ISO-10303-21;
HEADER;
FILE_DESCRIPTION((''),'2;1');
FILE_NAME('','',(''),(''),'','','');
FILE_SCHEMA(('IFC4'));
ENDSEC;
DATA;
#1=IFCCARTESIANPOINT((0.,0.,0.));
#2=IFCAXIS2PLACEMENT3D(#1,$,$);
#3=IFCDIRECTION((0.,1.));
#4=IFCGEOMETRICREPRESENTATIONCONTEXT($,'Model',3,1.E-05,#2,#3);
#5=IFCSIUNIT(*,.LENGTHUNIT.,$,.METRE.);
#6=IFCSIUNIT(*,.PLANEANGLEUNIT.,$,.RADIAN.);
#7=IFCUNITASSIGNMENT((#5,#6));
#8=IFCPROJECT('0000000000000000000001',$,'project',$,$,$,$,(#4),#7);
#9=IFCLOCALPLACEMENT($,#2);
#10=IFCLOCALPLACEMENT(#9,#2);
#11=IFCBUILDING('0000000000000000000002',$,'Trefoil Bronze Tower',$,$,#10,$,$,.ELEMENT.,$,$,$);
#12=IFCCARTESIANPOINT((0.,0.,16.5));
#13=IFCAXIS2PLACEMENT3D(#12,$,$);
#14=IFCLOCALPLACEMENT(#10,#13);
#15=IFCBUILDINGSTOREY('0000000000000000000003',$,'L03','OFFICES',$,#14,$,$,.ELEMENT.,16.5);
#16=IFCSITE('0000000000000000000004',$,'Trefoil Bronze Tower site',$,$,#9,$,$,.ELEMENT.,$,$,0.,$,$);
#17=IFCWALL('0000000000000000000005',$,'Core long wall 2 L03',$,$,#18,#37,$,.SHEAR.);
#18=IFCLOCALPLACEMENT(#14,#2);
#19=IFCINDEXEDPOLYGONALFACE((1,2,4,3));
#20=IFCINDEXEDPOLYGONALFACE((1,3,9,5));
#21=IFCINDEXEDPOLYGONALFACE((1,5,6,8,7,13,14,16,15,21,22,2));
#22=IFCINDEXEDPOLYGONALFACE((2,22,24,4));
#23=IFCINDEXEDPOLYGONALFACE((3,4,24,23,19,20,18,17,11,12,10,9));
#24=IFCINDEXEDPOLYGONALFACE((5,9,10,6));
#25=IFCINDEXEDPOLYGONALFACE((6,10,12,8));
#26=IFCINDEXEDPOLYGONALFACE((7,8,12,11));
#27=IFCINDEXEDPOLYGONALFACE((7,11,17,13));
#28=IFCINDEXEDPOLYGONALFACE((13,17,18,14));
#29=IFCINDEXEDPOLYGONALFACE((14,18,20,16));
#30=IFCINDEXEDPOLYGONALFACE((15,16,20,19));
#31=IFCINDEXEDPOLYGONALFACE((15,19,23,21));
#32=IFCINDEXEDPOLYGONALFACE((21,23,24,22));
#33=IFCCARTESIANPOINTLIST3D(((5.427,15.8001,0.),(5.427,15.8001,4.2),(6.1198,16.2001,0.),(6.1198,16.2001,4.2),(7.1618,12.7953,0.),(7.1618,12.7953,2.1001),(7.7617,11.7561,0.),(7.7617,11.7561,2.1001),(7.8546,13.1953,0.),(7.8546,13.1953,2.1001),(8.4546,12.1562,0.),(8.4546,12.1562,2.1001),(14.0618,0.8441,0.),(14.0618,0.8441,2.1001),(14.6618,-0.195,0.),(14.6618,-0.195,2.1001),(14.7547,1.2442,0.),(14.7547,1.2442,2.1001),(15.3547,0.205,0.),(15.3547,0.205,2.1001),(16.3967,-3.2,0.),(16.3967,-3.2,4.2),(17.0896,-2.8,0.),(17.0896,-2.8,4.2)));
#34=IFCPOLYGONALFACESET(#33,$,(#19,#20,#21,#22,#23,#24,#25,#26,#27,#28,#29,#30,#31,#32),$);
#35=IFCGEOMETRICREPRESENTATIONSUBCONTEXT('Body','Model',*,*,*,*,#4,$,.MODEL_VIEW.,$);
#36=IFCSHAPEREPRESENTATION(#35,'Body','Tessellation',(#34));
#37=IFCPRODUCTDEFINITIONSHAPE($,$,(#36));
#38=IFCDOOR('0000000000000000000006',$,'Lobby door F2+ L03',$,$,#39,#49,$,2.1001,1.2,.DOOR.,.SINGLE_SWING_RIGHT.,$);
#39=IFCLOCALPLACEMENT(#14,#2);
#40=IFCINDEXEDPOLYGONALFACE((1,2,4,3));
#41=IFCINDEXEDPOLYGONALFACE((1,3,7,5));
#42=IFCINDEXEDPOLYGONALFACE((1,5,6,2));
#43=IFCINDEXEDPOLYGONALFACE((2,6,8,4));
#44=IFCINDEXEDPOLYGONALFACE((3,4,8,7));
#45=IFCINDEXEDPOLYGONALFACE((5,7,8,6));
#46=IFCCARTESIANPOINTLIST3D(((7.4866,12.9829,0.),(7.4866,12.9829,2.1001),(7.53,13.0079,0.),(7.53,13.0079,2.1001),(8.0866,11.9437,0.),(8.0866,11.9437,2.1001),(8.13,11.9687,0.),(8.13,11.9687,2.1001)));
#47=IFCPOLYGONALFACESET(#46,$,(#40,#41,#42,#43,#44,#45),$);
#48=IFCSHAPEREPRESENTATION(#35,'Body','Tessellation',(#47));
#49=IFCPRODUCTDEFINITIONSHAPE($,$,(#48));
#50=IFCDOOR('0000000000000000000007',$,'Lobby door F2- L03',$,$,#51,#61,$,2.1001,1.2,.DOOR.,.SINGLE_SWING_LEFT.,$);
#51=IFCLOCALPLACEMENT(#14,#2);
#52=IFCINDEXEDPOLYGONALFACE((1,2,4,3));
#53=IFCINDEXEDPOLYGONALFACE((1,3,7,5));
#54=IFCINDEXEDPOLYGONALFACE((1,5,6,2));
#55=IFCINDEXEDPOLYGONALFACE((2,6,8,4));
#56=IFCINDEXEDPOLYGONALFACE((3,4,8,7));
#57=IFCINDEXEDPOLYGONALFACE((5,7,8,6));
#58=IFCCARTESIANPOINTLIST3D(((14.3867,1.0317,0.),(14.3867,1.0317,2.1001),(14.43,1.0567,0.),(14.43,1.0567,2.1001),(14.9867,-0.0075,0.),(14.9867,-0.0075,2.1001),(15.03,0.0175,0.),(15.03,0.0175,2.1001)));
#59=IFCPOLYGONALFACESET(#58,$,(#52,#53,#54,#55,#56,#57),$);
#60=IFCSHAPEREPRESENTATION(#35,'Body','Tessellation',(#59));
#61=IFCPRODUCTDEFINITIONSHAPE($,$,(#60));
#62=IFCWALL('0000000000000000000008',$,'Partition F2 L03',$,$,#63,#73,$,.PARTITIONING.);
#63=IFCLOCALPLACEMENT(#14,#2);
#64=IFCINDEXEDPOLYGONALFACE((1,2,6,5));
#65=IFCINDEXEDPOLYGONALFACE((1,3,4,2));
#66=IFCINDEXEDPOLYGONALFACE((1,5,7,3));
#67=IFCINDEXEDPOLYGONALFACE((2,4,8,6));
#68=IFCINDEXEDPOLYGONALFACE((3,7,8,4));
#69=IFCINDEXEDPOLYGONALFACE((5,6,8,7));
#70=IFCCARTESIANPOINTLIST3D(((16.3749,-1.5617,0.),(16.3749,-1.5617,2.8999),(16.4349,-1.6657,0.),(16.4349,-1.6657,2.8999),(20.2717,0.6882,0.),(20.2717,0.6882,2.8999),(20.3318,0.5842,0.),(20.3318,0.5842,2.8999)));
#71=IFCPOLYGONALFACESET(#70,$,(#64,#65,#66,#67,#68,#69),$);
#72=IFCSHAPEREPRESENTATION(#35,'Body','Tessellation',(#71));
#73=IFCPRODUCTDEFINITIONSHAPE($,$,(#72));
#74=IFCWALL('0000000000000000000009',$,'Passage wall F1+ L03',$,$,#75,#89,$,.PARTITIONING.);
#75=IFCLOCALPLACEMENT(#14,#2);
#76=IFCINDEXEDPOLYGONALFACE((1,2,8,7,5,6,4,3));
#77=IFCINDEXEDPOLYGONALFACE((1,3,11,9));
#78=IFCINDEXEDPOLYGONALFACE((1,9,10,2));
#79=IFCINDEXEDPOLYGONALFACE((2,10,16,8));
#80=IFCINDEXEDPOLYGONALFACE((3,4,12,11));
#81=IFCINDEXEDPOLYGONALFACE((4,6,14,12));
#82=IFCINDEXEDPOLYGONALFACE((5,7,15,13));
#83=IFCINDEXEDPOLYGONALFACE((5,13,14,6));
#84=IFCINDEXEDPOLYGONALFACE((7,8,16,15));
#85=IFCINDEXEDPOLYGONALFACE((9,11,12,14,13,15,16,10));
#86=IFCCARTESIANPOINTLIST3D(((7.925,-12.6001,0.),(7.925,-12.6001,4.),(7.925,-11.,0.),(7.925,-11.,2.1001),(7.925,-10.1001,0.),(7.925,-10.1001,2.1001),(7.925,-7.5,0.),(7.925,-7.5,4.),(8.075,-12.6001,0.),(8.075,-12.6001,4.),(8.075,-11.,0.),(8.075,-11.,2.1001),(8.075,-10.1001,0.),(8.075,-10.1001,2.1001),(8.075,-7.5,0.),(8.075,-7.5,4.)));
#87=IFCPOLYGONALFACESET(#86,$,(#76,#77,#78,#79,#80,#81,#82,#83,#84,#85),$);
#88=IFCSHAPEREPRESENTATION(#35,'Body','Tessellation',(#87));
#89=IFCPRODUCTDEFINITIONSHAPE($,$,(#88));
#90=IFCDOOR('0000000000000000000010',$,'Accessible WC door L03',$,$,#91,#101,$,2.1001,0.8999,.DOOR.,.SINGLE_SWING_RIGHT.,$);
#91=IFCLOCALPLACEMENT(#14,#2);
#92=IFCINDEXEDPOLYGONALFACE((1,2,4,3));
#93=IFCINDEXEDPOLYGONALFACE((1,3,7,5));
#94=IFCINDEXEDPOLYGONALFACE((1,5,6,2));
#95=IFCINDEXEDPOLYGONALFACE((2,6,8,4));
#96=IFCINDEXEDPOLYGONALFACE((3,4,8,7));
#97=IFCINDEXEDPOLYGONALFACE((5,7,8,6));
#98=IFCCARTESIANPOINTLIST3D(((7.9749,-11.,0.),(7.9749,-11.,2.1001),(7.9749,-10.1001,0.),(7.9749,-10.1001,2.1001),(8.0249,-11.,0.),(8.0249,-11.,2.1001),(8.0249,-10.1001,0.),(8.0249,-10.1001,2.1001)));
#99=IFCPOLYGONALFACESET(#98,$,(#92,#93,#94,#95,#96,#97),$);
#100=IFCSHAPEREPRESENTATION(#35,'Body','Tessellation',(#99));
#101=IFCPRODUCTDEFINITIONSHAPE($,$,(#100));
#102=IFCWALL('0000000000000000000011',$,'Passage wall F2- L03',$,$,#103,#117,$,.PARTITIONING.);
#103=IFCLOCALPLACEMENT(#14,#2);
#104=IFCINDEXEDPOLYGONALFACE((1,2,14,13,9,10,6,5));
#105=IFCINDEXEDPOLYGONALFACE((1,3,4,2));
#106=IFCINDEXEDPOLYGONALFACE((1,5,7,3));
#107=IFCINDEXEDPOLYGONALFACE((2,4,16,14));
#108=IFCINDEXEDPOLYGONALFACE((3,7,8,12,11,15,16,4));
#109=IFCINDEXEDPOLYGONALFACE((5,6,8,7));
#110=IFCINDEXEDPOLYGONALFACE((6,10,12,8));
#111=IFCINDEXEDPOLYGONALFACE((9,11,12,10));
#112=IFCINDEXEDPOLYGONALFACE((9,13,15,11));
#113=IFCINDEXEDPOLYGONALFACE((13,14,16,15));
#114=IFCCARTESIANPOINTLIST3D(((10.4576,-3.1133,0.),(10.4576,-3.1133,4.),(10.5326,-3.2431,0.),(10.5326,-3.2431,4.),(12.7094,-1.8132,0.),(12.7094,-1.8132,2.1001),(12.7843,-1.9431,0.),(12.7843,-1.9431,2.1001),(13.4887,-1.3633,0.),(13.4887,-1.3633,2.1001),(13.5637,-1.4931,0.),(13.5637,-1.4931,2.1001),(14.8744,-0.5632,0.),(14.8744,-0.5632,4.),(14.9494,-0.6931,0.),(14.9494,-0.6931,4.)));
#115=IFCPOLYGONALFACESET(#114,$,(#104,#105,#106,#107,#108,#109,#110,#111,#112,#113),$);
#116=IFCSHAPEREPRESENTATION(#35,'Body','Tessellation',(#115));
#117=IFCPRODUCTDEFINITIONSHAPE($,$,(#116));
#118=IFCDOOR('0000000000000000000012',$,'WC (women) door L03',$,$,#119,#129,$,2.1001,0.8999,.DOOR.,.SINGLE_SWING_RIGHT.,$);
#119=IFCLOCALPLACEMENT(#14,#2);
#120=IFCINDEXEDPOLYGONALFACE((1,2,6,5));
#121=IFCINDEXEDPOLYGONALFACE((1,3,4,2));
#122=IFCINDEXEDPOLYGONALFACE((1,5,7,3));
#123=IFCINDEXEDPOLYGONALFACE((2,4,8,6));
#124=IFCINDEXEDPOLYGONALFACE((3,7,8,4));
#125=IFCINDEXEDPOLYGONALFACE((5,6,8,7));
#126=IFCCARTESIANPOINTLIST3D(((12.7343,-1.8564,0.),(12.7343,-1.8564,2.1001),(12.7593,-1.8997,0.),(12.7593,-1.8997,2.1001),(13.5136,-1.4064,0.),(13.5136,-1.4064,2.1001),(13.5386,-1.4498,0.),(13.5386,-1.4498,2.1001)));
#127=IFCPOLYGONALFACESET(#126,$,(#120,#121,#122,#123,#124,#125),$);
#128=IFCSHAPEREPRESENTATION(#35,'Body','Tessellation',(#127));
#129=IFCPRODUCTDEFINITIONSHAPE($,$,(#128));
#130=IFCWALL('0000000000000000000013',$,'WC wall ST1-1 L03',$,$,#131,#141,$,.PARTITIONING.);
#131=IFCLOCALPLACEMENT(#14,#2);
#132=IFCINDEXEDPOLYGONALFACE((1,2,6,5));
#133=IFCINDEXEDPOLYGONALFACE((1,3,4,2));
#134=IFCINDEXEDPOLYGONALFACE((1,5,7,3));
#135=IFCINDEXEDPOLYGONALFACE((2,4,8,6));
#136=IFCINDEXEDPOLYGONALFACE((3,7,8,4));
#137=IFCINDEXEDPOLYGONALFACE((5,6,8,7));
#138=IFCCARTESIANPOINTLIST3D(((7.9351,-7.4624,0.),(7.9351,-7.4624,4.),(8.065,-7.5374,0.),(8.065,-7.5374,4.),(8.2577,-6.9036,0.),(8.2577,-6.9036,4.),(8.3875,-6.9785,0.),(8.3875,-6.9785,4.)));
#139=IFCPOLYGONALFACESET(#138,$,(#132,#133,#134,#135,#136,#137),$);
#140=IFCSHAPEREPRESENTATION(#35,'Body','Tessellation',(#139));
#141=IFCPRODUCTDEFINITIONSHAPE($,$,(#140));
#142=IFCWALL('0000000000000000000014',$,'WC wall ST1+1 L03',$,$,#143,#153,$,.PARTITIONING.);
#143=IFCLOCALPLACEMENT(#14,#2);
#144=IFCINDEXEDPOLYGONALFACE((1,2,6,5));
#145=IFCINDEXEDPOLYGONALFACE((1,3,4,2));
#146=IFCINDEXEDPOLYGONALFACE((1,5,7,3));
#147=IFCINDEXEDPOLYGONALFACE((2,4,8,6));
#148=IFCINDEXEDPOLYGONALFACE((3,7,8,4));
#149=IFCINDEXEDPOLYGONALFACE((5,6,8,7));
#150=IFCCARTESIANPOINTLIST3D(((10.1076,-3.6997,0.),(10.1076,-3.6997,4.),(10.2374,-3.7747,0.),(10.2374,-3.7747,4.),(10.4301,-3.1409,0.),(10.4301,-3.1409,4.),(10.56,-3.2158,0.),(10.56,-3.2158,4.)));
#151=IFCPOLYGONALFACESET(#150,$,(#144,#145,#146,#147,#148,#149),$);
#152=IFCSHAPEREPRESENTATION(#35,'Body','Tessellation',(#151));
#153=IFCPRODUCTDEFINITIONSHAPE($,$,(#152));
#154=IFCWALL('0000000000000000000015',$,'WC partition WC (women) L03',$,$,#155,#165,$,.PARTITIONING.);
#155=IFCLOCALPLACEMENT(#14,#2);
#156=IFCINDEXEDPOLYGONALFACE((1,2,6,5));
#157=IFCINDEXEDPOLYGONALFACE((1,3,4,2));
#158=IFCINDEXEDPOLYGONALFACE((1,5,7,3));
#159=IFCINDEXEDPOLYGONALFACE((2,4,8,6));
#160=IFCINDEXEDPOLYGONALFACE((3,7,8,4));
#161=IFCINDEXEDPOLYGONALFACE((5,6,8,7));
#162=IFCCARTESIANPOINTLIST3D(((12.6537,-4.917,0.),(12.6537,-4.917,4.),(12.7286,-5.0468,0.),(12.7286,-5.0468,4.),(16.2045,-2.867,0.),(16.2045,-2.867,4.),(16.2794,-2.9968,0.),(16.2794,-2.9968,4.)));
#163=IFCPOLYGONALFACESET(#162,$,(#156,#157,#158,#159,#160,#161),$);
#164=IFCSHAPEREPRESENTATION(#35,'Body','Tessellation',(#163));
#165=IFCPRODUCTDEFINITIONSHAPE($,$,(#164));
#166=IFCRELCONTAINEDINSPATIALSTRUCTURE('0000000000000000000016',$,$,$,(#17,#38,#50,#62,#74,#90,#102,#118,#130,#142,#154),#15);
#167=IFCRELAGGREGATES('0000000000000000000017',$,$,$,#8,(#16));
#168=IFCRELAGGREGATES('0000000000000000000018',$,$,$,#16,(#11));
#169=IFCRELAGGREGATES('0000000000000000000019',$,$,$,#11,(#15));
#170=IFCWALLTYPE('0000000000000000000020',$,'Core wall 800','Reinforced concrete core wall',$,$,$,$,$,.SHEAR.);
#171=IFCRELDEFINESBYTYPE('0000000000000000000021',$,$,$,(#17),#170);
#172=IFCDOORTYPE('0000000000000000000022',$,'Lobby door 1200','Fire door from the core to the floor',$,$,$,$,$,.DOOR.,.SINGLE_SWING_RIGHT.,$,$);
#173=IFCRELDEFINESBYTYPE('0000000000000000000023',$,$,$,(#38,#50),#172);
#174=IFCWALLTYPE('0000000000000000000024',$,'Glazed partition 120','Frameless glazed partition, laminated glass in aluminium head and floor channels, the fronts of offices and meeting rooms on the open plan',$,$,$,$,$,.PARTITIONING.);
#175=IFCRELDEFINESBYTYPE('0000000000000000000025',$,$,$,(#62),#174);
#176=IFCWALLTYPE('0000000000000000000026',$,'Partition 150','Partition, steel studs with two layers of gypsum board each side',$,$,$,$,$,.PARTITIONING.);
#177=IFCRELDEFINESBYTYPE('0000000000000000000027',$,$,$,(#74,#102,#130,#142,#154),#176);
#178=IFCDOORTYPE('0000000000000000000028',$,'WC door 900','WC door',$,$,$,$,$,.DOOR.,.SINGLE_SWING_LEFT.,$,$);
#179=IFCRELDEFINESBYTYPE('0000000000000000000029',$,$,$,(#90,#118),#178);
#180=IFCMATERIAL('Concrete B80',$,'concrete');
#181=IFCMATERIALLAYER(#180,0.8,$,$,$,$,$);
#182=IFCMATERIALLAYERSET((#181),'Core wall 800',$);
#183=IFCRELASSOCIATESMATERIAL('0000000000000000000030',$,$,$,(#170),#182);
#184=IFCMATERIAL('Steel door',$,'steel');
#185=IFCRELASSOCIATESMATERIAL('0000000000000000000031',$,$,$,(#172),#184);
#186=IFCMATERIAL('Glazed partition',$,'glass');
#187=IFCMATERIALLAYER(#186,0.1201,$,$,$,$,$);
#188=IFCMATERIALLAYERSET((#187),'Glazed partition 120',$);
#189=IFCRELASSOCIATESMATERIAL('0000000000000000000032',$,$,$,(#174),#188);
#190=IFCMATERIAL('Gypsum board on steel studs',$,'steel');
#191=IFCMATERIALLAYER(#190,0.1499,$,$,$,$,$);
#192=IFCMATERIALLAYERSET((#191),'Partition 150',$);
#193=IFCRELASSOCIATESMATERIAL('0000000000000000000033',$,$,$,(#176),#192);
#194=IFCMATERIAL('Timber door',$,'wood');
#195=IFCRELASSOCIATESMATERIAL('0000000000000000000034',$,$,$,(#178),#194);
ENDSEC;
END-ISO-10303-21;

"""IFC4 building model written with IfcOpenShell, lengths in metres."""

from ifc_helpers import new_model, si_unit, direction, frame, frame_2d, origin, place, context, subcontext, project, spatial, rectangle, extrude, material, layer, layer_set, type_object, element, fill, save


model = new_model("IFC4")

# Units and contexts
model_context = context("Model", 3, precision=1e-05, world=origin(), true_north=direction((0.0, 1.0)))
body_context = subcontext(model_context, "Body", "Model", "MODEL_VIEW")
ifc_project = project(units=[si_unit("LENGTHUNIT", "METRE"), si_unit("PLANEANGLEUNIT", "RADIAN")], contexts=[model_context])

# Site, building, storey
site_placement = place(None, origin())
site = spatial("IfcSite", under=ifc_project, at=site_placement, Name="Trefoil Bronze Tower site", CompositionType="ELEMENT", RefElevation=0.0)
building_placement = place(site_placement, origin())
building = spatial("IfcBuilding", under=site, at=building_placement, Name="Trefoil Bronze Tower", CompositionType="ELEMENT")
storey_placement = place(building_placement, frame((0.0, 0.0, 16.5)))
storey = spatial("IfcBuildingStorey", under=building, at=storey_placement, Name="L03", Description="OFFICES", CompositionType="ELEMENT", Elevation=16.5)

# Wall, openings, doors
ifc_material_1 = material(Name="Concrete B80", Category="concrete")
ifc_layer_1 = layer(ifc_material_1, 0.8)
ifc_layer_set_1 = layer_set([ifc_layer_1], Name="Core wall 800")
wall_type_1 = type_object("IfcWallType", Name="Core wall 800", Description="Reinforced concrete core wall", PredefinedType="SHEAR", material=ifc_layer_set_1)
wall_1_placement = place(storey_placement, frame((16.7432, -3.0, 0.0), z_axis=(0.0, 0.0, 1.0), x_axis=(-0.500002, 0.866024, 0.0)))
wall_1 = element("IfcWall", 1, at=wall_1_placement, inside=storey, type_object=wall_type_1, Name="Core long wall 2 L03", PredefinedType="SHEAR", context=body_context, shape_type="SweptSolid", body=[
    extrude(rectangle(XDim=21.9395, YDim=0.8, at=frame_2d((10.9697, 0.0))), origin(), (0.0, 0.0, 1.0), 4.2),
])
opening_1_placement = place(wall_1_placement, frame((17.2698, 0.0, 0.0)))
opening_1 = element("IfcOpeningElement", 2, at=opening_1_placement, cuts=wall_1, PredefinedType="OPENING", context=body_context, shape_type="SweptSolid", body=[
    extrude(rectangle(XDim=1.2, YDim=2.1001, at=frame_2d((0.6001, 1.05))), frame((0.0, 0.4099, 0.0), z_axis=(0.0, -1.0, 0.0), x_axis=(1.0, 0.0, 0.0)), (0.0, 0.0, 1.0), 0.8201),
])
opening_2_placement = place(wall_1_placement, frame((3.4697, 0.0, 0.0)))
opening_2 = element("IfcOpeningElement", 3, at=opening_2_placement, cuts=wall_1, PredefinedType="OPENING", context=body_context, shape_type="SweptSolid", body=[
    extrude(rectangle(XDim=1.2, YDim=2.1001, at=frame_2d((0.6001, 1.05))), frame((0.0, 0.4099, 0.0), z_axis=(0.0, -1.0, 0.0), x_axis=(1.0, 0.0, 0.0)), (0.0, 0.0, 1.0), 0.8201),
])
ifc_material_2 = material(Name="Steel door", Category="steel")
door_type_1 = type_object("IfcDoorType", Name="Lobby door 1200", Description="Fire door from the core to the floor", OperationType="SINGLE_SWING_RIGHT", PredefinedType="DOOR", material=ifc_material_2)
door_1_placement = place(opening_1_placement, origin())
door_1 = element("IfcDoor", 4, at=door_1_placement, inside=storey, type_object=door_type_1, Name="Lobby door F2+ L03", OperationType="SINGLE_SWING_RIGHT", OverallHeight=2.1001, OverallWidth=1.2, PredefinedType="DOOR", context=body_context, shape_type="SweptSolid", body=[
    extrude(rectangle(XDim=1.2, YDim=2.1001, at=frame_2d((0.6001, 1.05))), frame((0.0, 0.0249, 0.0), z_axis=(0.0, -1.0, 0.0), x_axis=(1.0, 0.0, 0.0)), (0.0, 0.0, 1.0), 0.05),
])
fill(opening_1, door_1)
door_2_placement = place(opening_2_placement, origin())
door_2 = element("IfcDoor", 5, at=door_2_placement, inside=storey, type_object=door_type_1, Name="Lobby door F2- L03", OperationType="SINGLE_SWING_LEFT", OverallHeight=2.1001, OverallWidth=1.2, PredefinedType="DOOR", context=body_context, shape_type="SweptSolid", body=[
    extrude(rectangle(XDim=1.2, YDim=2.1001, at=frame_2d((0.6001, 1.05))), frame((0.0, 0.0249, 0.0), z_axis=(0.0, -1.0, 0.0), x_axis=(1.0, 0.0, 0.0)), (0.0, 0.0, 1.0), 0.05),
])
fill(opening_2, door_2)

# Wall
ifc_material_3 = material(Name="Glazed partition", Category="glass")
ifc_layer_2 = layer(ifc_material_3, 0.1201)
ifc_layer_set_2 = layer_set([ifc_layer_2], Name="Glazed partition 120")
wall_type_2 = type_object("IfcWallType", Name="Glazed partition 120", Description="Frameless glazed partition, laminated glass in aluminium head and floor channels, the fronts of offices and meeting rooms on the open plan", PredefinedType="PARTITIONING", material=ifc_layer_set_2)
wall_2_placement = place(storey_placement, frame((16.4048, -1.6138, 0.0), z_axis=(0.0, 0.0, 1.0), x_axis=(0.866018, 0.500014, 0.0)))
element("IfcWall", 6, at=wall_2_placement, inside=storey, type_object=wall_type_2, Name="Partition F2 L03", PredefinedType="PARTITIONING", context=body_context, shape_type="SweptSolid", body=[
    extrude(rectangle(XDim=4.4998, YDim=0.1201, at=frame_2d((2.25, 0.0))), origin(), (0.0, 0.0, 1.0), 2.8999),
])

# Walls, openings, doors
ifc_material_4 = material(Name="Gypsum board on steel studs", Category="steel")
ifc_layer_3 = layer(ifc_material_4, 0.1499)
ifc_layer_set_3 = layer_set([ifc_layer_3], Name="Partition 150")
wall_type_3 = type_object("IfcWallType", Name="Partition 150", Description="Partition, steel studs with two layers of gypsum board each side", PredefinedType="PARTITIONING", material=ifc_layer_set_3)
wall_3_placement = place(storey_placement, frame((8.0, -7.5, 0.0), z_axis=(0.0, 0.0, 1.0), x_axis=(0.0, -1.0, 0.0)))
wall_3 = element("IfcWall", 7, at=wall_3_placement, inside=storey, type_object=wall_type_3, Name="Passage wall F1+ L03", PredefinedType="PARTITIONING", context=body_context, shape_type="SweptSolid", body=[
    extrude(rectangle(XDim=5.1001, YDim=0.1499, at=frame_2d((2.55, 0.0))), origin(), (0.0, 0.0, 1.0), 4.0),
])
opening_3_placement = place(wall_3_placement, frame((2.6001, 0.0, 0.0)))
opening_3 = element("IfcOpeningElement", 8, at=opening_3_placement, cuts=wall_3, PredefinedType="OPENING", context=body_context, shape_type="SweptSolid", body=[
    extrude(rectangle(XDim=0.8999, YDim=2.1001, at=frame_2d((0.45, 1.05))), frame((0.0, 0.085, 0.0), z_axis=(0.0, -1.0, 0.0), x_axis=(1.0, 0.0, 0.0)), (0.0, 0.0, 1.0), 0.1699),
])
ifc_material_5 = material(Name="Timber door", Category="wood")
door_type_2 = type_object("IfcDoorType", Name="WC door 900", Description="WC door", OperationType="SINGLE_SWING_LEFT", PredefinedType="DOOR", material=ifc_material_5)
door_3_placement = place(opening_3_placement, origin())
door_3 = element("IfcDoor", 9, at=door_3_placement, inside=storey, type_object=door_type_2, Name="Accessible WC door L03", OperationType="SINGLE_SWING_RIGHT", OverallHeight=2.1001, OverallWidth=0.8999, PredefinedType="DOOR", context=body_context, shape_type="SweptSolid", body=[
    extrude(rectangle(XDim=0.8999, YDim=2.1001, at=frame_2d((0.45, 1.05))), frame((0.0, 0.0249, 0.0), z_axis=(0.0, -1.0, 0.0), x_axis=(1.0, 0.0, 0.0)), (0.0, 0.0, 1.0), 0.05),
])
fill(opening_3, door_3)
wall_4_placement = place(storey_placement, frame((10.4951, -3.1782, 0.0), z_axis=(0.0, 0.0, 1.0), x_axis=(0.866022, 0.500006, 0.0)))
wall_4 = element("IfcWall", 10, at=wall_4_placement, inside=storey, type_object=wall_type_3, Name="Passage wall F2- L03", PredefinedType="PARTITIONING", context=body_context, shape_type="SweptSolid", body=[
    extrude(rectangle(XDim=5.1001, YDim=0.1499, at=frame_2d((2.55, 0.0))), origin(), (0.0, 0.0, 1.0), 4.0),
])
opening_4_placement = place(wall_4_placement, frame((2.6001, 0.0, 0.0)))
opening_4 = element("IfcOpeningElement", 11, at=opening_4_placement, cuts=wall_4, PredefinedType="OPENING", context=body_context, shape_type="SweptSolid", body=[
    extrude(rectangle(XDim=0.8999, YDim=2.1001, at=frame_2d((0.45, 1.05))), frame((0.0, 0.085, 0.0), z_axis=(0.0, -1.0, 0.0), x_axis=(1.0, 0.0, 0.0)), (0.0, 0.0, 1.0), 0.1699),
])
door_4_placement = place(opening_4_placement, frame((0.8999, 0.0, 0.0), z_axis=(0.0, 0.0, 1.0), x_axis=(-1.0, 0.0, 0.0)))
door_4 = element("IfcDoor", 12, at=door_4_placement, inside=storey, type_object=door_type_2, Name="WC (women) door L03", OperationType="SINGLE_SWING_RIGHT", OverallHeight=2.1001, OverallWidth=0.8999, PredefinedType="DOOR", context=body_context, shape_type="SweptSolid", body=[
    extrude(rectangle(XDim=0.8999, YDim=2.1001, at=frame_2d((0.45, 1.05))), frame((0.0, 0.0249, 0.0), z_axis=(0.0, -1.0, 0.0), x_axis=(1.0, 0.0, 0.0)), (0.0, 0.0, 1.0), 0.05),
])
fill(opening_4, door_4)

# Walls
for number, where, z_axis, x_axis, name in (
    (13, (8.0, -7.5, 0.0), (0.0, 0.0, 1.0), (0.499843, 0.866116, 0.0), "WC wall ST1-1 L03"),
    (14, (10.4951, -3.1782, 0.0), (0.0, 0.0, 1.0), (-0.499843, -0.866116, 0.0), "WC wall ST1+1 L03"),
):
    element("IfcWall", number, at=place(storey_placement, frame(where, z_axis=z_axis, x_axis=x_axis)), inside=storey, type_object=wall_type_3, Name=name, PredefinedType="PARTITIONING", context=body_context, shape_type="SweptSolid", body=[
        extrude(rectangle(XDim=0.6453, YDim=0.1499, at=frame_2d((0.3228, 0.0))), origin(), (0.0, 0.0, 1.0), 4.0),
    ])
wall_5_placement = place(storey_placement, frame((12.6912, -4.9819, 0.0), z_axis=(0.0, 0.0, 1.0), x_axis=(0.866025, 0.500001, 0.0)))
element("IfcWall", 15, at=wall_5_placement, inside=storey, type_object=wall_type_3, Name="WC partition WC (women) L03", PredefinedType="PARTITIONING", context=body_context, shape_type="SweptSolid", body=[
    extrude(rectangle(XDim=4.1001, YDim=0.1499, at=frame_2d((2.05, 0.0))), origin(), (0.0, 0.0, 1.0), 4.0),
])

save(model, "model.ifc")
